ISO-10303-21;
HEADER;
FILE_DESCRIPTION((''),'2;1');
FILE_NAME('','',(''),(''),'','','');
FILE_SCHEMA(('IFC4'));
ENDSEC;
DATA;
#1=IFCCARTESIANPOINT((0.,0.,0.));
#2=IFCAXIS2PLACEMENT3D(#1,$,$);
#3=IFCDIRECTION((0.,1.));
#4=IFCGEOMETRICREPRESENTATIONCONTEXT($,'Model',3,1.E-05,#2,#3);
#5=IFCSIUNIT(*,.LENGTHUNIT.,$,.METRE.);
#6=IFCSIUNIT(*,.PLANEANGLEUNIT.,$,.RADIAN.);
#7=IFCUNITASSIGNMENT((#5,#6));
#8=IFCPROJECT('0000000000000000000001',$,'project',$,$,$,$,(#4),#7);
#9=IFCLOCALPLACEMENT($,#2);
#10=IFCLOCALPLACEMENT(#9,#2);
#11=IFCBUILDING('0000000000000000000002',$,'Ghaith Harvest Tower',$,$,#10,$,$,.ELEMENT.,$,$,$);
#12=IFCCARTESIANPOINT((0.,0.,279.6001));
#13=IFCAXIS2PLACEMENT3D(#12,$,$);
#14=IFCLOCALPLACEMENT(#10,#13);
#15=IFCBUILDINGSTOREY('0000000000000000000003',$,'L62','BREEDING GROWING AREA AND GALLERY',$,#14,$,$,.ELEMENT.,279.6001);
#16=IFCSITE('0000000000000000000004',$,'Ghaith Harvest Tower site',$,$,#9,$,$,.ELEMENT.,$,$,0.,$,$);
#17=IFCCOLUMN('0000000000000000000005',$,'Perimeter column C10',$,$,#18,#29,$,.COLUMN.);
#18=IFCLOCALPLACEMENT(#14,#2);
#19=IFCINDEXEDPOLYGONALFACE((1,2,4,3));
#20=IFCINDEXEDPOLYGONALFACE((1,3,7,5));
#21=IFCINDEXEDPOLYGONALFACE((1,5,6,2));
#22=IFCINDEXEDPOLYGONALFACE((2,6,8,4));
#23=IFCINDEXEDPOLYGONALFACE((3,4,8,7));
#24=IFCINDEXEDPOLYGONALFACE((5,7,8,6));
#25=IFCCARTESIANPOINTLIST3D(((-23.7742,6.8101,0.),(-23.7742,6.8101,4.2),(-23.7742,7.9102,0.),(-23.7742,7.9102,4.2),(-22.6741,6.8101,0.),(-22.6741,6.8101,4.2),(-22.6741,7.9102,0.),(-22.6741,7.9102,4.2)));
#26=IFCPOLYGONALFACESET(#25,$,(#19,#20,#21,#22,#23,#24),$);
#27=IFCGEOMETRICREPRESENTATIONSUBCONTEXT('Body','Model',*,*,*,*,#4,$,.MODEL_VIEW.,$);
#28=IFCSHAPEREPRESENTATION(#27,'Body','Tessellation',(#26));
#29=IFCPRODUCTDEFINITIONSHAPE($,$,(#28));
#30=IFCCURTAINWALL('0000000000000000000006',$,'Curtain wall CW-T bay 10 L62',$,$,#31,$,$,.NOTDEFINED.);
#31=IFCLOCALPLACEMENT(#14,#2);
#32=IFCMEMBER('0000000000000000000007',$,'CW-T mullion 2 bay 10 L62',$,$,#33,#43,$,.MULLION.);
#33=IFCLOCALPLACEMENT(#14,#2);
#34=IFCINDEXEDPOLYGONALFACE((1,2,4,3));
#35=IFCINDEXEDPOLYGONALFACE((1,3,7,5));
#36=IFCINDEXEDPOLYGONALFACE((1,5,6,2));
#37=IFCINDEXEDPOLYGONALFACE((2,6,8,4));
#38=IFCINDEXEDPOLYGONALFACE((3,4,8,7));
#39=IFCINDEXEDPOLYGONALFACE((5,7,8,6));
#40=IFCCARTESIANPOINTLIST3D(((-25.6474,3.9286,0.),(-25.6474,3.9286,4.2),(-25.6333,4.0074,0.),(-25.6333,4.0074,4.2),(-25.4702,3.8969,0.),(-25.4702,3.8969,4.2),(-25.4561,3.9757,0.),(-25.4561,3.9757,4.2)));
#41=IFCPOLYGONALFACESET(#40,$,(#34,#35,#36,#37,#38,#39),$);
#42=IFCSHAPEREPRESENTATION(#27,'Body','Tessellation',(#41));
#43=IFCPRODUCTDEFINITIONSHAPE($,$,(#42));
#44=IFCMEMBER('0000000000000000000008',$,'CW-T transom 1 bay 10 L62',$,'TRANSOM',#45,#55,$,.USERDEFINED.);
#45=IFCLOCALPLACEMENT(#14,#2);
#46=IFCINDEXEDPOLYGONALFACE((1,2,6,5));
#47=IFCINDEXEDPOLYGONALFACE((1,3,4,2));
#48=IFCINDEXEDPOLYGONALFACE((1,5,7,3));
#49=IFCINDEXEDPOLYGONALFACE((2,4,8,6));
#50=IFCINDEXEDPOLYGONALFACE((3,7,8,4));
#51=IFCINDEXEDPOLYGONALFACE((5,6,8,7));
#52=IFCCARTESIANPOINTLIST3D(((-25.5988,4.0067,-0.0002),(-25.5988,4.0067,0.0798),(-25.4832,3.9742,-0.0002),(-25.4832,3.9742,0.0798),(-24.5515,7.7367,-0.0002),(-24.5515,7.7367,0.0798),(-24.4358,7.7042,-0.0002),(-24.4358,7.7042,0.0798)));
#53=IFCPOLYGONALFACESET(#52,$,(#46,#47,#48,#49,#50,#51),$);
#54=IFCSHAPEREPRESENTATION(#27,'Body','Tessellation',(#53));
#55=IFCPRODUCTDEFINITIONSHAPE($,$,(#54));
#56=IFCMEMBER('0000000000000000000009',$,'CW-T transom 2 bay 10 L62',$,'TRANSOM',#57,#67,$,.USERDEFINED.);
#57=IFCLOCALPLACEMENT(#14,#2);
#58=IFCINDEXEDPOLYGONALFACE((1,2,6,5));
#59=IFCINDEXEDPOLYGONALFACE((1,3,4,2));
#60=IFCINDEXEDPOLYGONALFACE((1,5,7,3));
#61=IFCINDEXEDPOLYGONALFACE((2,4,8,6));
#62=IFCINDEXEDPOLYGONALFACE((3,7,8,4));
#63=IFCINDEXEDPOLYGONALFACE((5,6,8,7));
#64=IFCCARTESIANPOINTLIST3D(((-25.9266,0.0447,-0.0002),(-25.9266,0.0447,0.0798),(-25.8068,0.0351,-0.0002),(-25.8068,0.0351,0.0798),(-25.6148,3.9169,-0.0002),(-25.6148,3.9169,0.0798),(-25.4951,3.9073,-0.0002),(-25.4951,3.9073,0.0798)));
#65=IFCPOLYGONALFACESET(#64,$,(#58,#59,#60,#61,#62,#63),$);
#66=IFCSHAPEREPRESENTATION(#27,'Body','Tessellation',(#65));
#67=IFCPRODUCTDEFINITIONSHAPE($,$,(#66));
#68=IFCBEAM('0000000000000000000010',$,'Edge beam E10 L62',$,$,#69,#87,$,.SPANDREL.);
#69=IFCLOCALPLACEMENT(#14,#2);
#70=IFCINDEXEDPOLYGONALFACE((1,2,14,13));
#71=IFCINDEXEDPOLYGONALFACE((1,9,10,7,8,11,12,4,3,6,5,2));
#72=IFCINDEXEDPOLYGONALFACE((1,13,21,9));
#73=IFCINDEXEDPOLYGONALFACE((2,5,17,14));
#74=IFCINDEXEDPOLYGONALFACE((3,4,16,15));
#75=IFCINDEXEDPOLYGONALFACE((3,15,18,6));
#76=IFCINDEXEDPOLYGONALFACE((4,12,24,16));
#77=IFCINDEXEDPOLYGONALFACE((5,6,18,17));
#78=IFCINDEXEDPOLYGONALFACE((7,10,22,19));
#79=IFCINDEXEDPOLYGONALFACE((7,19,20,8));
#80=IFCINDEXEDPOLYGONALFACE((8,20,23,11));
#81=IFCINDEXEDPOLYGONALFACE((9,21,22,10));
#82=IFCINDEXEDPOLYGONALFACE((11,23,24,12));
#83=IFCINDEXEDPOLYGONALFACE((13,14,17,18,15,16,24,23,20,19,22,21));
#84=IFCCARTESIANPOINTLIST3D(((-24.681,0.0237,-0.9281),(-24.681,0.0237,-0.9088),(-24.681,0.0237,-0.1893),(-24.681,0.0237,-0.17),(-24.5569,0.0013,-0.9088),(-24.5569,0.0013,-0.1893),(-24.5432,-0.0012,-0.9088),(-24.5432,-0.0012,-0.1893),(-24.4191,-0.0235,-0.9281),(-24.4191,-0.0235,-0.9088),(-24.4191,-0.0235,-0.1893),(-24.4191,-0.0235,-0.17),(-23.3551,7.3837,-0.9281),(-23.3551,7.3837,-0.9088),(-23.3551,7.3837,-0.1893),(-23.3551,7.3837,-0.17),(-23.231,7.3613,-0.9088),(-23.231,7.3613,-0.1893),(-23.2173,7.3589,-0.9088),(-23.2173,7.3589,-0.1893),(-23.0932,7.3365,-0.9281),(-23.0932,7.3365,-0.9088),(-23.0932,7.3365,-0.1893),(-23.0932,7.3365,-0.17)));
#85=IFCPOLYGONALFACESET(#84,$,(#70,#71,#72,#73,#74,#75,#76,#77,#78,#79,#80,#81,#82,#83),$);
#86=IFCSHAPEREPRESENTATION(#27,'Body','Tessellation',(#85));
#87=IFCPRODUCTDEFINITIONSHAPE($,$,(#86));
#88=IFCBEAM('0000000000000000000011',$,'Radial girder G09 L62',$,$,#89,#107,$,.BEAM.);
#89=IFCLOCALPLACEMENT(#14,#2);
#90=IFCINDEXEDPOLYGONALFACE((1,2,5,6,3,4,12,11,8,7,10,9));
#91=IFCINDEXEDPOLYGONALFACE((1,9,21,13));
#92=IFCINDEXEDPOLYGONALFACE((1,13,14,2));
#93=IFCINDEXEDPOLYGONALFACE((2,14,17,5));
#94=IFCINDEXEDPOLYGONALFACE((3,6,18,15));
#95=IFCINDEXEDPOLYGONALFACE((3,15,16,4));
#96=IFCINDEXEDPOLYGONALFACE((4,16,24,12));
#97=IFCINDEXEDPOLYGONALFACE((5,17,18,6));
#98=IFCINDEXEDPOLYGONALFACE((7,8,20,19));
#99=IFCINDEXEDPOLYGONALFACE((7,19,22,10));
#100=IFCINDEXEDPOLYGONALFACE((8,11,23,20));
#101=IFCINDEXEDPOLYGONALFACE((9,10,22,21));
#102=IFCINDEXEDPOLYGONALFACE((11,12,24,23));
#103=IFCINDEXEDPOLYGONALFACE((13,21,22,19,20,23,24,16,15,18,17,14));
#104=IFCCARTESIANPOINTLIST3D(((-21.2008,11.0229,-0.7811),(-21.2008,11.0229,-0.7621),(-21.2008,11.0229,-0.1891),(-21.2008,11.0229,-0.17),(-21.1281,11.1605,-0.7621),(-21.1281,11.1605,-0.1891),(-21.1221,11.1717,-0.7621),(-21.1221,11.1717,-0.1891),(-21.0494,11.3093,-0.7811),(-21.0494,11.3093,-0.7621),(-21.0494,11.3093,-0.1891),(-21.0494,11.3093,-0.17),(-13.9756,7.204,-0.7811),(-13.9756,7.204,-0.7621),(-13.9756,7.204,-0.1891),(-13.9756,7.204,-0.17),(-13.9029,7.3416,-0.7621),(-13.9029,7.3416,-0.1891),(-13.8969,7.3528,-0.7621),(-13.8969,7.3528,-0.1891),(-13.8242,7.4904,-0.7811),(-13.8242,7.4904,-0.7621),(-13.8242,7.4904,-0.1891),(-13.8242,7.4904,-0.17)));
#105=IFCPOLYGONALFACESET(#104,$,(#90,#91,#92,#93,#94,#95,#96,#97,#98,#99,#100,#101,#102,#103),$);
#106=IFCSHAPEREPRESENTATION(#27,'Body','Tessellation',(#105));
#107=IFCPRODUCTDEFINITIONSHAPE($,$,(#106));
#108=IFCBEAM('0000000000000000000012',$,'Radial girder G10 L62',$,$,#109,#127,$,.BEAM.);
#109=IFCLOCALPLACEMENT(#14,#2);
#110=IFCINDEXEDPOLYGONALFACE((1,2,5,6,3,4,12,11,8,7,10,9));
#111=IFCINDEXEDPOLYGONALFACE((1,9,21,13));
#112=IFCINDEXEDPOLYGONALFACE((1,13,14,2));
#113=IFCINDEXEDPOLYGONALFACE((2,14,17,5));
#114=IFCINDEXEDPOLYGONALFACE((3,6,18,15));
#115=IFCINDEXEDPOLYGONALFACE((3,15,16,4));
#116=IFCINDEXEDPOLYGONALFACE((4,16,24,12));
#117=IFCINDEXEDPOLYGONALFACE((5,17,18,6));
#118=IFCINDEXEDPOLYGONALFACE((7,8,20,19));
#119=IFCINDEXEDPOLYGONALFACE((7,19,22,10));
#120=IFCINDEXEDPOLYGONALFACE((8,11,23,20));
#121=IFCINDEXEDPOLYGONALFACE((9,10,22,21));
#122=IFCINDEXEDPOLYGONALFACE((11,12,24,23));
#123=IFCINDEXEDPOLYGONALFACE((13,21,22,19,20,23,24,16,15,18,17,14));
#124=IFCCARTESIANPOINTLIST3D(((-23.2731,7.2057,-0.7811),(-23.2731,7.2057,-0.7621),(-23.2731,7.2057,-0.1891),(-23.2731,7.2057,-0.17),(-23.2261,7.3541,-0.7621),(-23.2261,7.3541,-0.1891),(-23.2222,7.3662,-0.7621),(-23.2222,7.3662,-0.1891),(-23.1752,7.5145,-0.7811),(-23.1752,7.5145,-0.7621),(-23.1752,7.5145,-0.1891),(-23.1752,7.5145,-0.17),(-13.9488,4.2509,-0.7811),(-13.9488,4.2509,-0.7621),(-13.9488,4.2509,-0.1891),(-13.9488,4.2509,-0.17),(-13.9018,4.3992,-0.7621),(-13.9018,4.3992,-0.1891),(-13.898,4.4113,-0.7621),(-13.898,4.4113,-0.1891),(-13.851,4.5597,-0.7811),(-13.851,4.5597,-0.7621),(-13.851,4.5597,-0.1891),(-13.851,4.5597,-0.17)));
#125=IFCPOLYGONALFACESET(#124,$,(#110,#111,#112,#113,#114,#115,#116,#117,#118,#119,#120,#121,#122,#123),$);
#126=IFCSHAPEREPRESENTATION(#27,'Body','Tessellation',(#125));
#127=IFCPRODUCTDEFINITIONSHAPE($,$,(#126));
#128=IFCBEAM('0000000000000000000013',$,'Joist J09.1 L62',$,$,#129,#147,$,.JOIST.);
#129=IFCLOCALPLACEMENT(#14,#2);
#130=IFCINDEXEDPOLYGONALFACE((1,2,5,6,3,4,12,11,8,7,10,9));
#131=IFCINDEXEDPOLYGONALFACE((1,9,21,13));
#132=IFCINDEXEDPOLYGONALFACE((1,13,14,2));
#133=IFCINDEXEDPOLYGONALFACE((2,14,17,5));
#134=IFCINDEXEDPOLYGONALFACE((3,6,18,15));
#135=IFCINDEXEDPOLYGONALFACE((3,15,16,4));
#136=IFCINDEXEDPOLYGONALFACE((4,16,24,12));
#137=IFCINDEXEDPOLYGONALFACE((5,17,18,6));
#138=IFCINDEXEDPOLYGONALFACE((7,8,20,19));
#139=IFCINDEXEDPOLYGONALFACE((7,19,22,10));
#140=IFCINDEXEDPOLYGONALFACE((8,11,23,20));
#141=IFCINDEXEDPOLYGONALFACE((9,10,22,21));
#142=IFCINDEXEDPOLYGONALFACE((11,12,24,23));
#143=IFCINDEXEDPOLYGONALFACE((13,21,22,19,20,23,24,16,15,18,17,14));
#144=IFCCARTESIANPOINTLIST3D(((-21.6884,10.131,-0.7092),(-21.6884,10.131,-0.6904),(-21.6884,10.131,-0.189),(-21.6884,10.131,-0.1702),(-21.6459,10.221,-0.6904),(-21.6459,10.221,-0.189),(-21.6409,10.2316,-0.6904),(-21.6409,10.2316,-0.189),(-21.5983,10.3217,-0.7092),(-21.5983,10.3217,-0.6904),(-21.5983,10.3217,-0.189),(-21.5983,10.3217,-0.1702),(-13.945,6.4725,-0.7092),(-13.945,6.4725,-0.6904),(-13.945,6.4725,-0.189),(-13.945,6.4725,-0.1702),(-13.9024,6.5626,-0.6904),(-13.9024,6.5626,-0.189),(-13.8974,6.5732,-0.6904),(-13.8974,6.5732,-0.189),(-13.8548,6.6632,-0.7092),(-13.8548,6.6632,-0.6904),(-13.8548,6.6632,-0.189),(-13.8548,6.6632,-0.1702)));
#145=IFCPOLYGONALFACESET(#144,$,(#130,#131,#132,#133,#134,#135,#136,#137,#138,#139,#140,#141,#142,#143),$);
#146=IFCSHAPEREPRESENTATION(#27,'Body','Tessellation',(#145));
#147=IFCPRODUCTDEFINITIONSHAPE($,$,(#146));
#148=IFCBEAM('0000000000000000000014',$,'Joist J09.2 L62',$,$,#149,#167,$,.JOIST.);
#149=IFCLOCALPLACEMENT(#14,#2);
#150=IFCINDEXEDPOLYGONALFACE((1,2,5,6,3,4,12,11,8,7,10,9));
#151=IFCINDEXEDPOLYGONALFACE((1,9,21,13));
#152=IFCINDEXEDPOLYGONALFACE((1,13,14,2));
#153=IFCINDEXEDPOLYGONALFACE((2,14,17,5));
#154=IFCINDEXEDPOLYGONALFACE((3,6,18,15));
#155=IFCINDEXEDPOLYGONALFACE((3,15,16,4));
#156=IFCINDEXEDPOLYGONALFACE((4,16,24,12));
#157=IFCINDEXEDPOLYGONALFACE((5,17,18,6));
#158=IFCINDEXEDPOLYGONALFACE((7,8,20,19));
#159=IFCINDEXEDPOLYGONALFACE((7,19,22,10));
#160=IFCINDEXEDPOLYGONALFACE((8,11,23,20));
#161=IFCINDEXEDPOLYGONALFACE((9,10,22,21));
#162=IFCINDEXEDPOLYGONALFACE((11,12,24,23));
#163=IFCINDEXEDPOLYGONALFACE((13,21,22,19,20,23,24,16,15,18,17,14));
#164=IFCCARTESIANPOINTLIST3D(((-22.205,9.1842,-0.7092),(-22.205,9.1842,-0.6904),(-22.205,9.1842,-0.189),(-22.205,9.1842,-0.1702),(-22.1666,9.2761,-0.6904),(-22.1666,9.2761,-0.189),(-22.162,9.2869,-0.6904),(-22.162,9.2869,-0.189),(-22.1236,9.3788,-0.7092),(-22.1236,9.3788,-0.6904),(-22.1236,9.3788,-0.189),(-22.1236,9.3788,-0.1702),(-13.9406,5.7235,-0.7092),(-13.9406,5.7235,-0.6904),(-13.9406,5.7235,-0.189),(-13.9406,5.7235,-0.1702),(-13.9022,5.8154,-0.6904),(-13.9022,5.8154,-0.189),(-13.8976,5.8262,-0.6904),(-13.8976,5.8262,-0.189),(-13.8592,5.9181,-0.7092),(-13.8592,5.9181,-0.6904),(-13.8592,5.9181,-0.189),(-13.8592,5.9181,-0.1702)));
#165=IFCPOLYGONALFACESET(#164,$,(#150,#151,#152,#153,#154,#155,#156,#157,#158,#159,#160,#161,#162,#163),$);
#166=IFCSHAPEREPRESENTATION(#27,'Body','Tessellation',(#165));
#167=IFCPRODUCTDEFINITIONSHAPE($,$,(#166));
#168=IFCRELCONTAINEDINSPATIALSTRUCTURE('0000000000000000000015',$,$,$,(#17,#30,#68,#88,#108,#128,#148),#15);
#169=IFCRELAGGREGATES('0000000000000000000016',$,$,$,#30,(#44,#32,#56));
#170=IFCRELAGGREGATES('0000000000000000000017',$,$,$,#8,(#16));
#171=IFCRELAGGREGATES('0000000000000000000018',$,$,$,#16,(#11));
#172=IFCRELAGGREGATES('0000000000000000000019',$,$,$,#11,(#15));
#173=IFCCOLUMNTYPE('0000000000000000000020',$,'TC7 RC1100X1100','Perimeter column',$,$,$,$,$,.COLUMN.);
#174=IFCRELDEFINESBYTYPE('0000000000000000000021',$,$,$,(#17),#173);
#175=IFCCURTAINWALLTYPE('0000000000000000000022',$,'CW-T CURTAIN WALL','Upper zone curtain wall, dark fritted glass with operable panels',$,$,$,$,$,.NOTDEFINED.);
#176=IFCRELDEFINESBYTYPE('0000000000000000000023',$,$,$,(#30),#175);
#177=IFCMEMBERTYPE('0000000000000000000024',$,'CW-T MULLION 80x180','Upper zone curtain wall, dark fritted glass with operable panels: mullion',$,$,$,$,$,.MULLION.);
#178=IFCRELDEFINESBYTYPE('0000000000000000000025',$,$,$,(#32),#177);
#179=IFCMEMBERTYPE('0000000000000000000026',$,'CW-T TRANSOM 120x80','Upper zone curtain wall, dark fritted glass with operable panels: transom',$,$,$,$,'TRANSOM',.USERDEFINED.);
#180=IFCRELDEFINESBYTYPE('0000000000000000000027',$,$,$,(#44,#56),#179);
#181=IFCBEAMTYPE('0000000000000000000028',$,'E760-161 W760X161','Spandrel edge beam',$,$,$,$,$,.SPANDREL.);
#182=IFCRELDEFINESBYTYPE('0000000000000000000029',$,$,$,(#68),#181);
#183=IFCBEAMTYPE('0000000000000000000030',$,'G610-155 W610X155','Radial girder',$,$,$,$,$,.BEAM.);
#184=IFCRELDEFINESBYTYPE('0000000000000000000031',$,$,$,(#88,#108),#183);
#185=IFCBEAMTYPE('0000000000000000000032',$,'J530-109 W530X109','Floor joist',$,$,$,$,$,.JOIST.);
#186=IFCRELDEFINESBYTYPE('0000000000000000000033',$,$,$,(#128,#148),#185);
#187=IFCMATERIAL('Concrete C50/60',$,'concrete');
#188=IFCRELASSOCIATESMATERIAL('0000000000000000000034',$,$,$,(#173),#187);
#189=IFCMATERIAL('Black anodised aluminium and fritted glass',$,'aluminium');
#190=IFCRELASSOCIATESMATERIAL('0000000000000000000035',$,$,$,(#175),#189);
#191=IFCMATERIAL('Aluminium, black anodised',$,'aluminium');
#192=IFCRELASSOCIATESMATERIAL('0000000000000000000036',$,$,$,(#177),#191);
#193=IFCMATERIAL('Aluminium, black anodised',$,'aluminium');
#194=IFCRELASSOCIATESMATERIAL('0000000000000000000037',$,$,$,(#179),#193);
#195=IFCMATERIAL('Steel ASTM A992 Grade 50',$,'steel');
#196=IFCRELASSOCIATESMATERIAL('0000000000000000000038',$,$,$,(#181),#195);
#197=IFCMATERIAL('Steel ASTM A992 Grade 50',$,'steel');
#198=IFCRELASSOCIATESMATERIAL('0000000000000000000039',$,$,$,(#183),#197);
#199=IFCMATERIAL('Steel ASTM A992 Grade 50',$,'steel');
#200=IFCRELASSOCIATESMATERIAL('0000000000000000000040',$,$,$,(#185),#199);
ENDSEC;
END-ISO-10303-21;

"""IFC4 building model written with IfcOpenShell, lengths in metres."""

from ifc_helpers import new_model, si_unit, direction, frame, origin, origin_2d, place, context, subcontext, project, spatial, rectangle, i_section, extrude, material, material_profile, profile_set, type_object, element, aggregate, save


model = new_model("IFC4")

# Units and contexts
model_context = context("Model", 3, precision=1e-05, world=origin(), true_north=direction((0.0, 1.0)))
body_context = subcontext(model_context, "Body", "Model", "MODEL_VIEW")
ifc_project = project(units=[si_unit("LENGTHUNIT", "METRE"), si_unit("PLANEANGLEUNIT", "RADIAN")], contexts=[model_context])

# Site, building, storey
site_placement = place(None, origin())
site = spatial("IfcSite", under=ifc_project, at=site_placement, Name="Ghaith Harvest Tower site", CompositionType="ELEMENT", RefElevation=0.0)
building_placement = place(site_placement, origin())
building = spatial("IfcBuilding", under=site, at=building_placement, Name="Ghaith Harvest Tower", CompositionType="ELEMENT")
storey_placement = place(building_placement, frame((0.0, 0.0, 279.6001)))
storey = spatial("IfcBuildingStorey", under=building, at=storey_placement, Name="L62", Description="BREEDING GROWING AREA AND GALLERY", CompositionType="ELEMENT", Elevation=279.6001)

# Column
ifc_material_1 = material(Name="Concrete C50/60", Category="concrete")
ifc_material_profile_1 = material_profile(ifc_material_1, rectangle(XDim=1.1001, YDim=1.1001, at=origin_2d()), Name="RC1100X1100")
ifc_profile_set_1 = profile_set([ifc_material_profile_1], Name="Concrete C50/60")
column_type = type_object("IfcColumnType", Name="TC7 RC1100X1100", Description="Perimeter column", PredefinedType="COLUMN", material=ifc_profile_set_1)
column_placement = place(storey_placement, frame((-23.2241, 7.3601, 0.0), z_axis=(0.0, 0.0, 1.0), x_axis=(1.0, 0.0, 0.0)))
element("IfcColumn", 1, at=column_placement, inside=storey, type_object=column_type, Name="Perimeter column C10", PredefinedType="COLUMN", context=body_context, shape_type="SweptSolid", body=[
    extrude(rectangle(XDim=1.1001, YDim=1.1001, at=origin_2d()), origin(), (0.0, 0.0, 1.0), 4.2),
])

# Curtain wall, members
ifc_material_2 = material(Name="Black anodised aluminium and fritted glass", Category="aluminium")
curtain_wall_type = type_object("IfcCurtainWallType", Name="CW-T CURTAIN WALL", Description="Upper zone curtain wall, dark fritted glass with operable panels", PredefinedType="NOTDEFINED", material=ifc_material_2)
curtain_wall_placement = place(storey_placement, origin())
curtain_wall = element("IfcCurtainWall", 2, at=curtain_wall_placement, inside=storey, type_object=curtain_wall_type, Name="Curtain wall CW-T bay 10 L62", PredefinedType="NOTDEFINED")
ifc_material_3 = material(Name="Aluminium, black anodised", Category="aluminium")
ifc_material_profile_2 = material_profile(ifc_material_3, rectangle(XDim=0.0801, YDim=0.1799, at=origin_2d()), Name="CW-T MULLION 80x180")
ifc_profile_set_2 = profile_set([ifc_material_profile_2], Name="Aluminium, black anodised")
member_type_1 = type_object("IfcMemberType", Name="CW-T MULLION 80x180", Description="Upper zone curtain wall, dark fritted glass with operable panels: mullion", PredefinedType="MULLION", material=ifc_profile_set_2)
member_1_placement = place(storey_placement, frame((-25.5518, 3.9521, 0.0), z_axis=(0.0, 0.0, 1.0), x_axis=(-0.176001, -0.98439, 0.0)))
member_1 = element("IfcMember", 3, at=member_1_placement, type_object=member_type_1, Name="CW-T mullion 2 bay 10 L62", PredefinedType="MULLION", context=body_context, shape_type="SweptSolid", body=[
    extrude(rectangle(XDim=0.0801, YDim=0.1799, at=origin_2d()), origin(), (0.0, 0.0, 1.0), 4.2),
])
ifc_material_4 = material(Name="Aluminium, black anodised", Category="aluminium")
ifc_material_profile_3 = material_profile(ifc_material_4, rectangle(XDim=0.1201, YDim=0.0801, at=origin_2d()), Name="CW-T TRANSOM 120x80")
ifc_profile_set_3 = profile_set([ifc_material_profile_3], Name="Aluminium, black anodised")
member_type_2 = type_object("IfcMemberType", Name="CW-T TRANSOM 120x80", Description="Upper zone curtain wall, dark fritted glass with operable panels: transom", ElementType="TRANSOM", PredefinedType="USERDEFINED", material=ifc_profile_set_3)
member_2_placement = place(storey_placement, frame((-24.4937, 7.7205, 0.0398), z_axis=(-0.27034, -0.962765, 0.0), x_axis=(0.962765, -0.27034, 0.0)))
member_2 = element("IfcMember", 4, at=member_2_placement, type_object=member_type_2, Name="CW-T transom 1 bay 10 L62", ObjectType="TRANSOM", PredefinedType="USERDEFINED", context=body_context, shape_type="SweptSolid", body=[
    extrude(rectangle(XDim=0.1201, YDim=0.0801, at=origin_2d()), origin(), (0.0, 0.0, 1.0), 3.8743),
])
member_3_placement = place(storey_placement, frame((-25.5549, 3.9121, 0.0398), z_axis=(-0.080252, -0.996775, 0.0), x_axis=(0.996775, -0.080252, 0.0)))
member_3 = element("IfcMember", 5, at=member_3_placement, type_object=member_type_2, Name="CW-T transom 2 bay 10 L62", ObjectType="TRANSOM", PredefinedType="USERDEFINED", context=body_context, shape_type="SweptSolid", body=[
    extrude(rectangle(XDim=0.1201, YDim=0.0801, at=origin_2d()), origin(), (0.0, 0.0, 1.0), 3.8848),
])

# Beams
ifc_material_5 = material(Name="Steel ASTM A992 Grade 50", Category="steel")
ifc_material_profile_4 = material_profile(ifc_material_5, i_section(OverallWidth=0.2661, OverallDepth=0.7581, WebThickness=0.0139, FlangeThickness=0.0193, at=origin_2d()), Name="W760X161")
ifc_profile_set_4 = profile_set([ifc_material_profile_4], Name="Steel ASTM A992 Grade 50")
beam_type_1 = type_object("IfcBeamType", Name="E760-161 W760X161", Description="Spandrel edge beam", PredefinedType="SPANDREL", material=ifc_profile_set_4)
beam_1_placement = place(storey_placement, frame((-23.2241, 7.3601, -0.5491), z_axis=(-0.177297, -0.984157, 0.0), x_axis=(0.984157, -0.177297, 0.0)))
element("IfcBeam", 6, at=beam_1_placement, inside=storey, type_object=beam_type_1, Name="Edge beam E10 L62", PredefinedType="SPANDREL", context=body_context, shape_type="SweptSolid", body=[
    extrude(i_section(OverallWidth=0.2661, OverallDepth=0.7581, WebThickness=0.0139, FlangeThickness=0.0193, at=origin_2d()), origin(), (0.0, 0.0, 1.0), 7.4785),
])
ifc_material_6 = material(Name="Steel ASTM A992 Grade 50", Category="steel")
ifc_material_profile_5 = material_profile(ifc_material_6, i_section(OverallWidth=0.324, OverallDepth=0.6111, WebThickness=0.0127, FlangeThickness=0.019, at=origin_2d()), Name="W610X155")
ifc_profile_set_5 = profile_set([ifc_material_profile_5], Name="Steel ASTM A992 Grade 50")
beam_type_2 = type_object("IfcBeamType", Name="G610-155 W610X155", Description="Radial girder", PredefinedType="BEAM", material=ifc_profile_set_5)
beam_2_placement = place(storey_placement, frame((-13.8999, 7.3472, -0.4756), z_axis=(-0.884102, 0.467295, 0.0), x_axis=(-0.467295, -0.884102, 0.0)))
element("IfcBeam", 7, at=beam_2_placement, inside=storey, type_object=beam_type_2, Name="Radial girder G09 L62", PredefinedType="BEAM", context=body_context, shape_type="SweptSolid", body=[
    extrude(i_section(OverallWidth=0.324, OverallDepth=0.6111, WebThickness=0.0127, FlangeThickness=0.019, at=origin_2d()), origin(), (0.0, 0.0, 1.0), 8.1724),
])
beam_3_placement = place(storey_placement, frame((-13.8999, 4.4053, -0.4756), z_axis=(-0.953279, 0.302093, 0.0), x_axis=(-0.302093, -0.953279, 0.0)))
element("IfcBeam", 8, at=beam_3_placement, inside=storey, type_object=beam_type_2, Name="Radial girder G10 L62", PredefinedType="BEAM", context=body_context, shape_type="SweptSolid", body=[
    extrude(i_section(OverallWidth=0.324, OverallDepth=0.6111, WebThickness=0.0127, FlangeThickness=0.019, at=origin_2d()), origin(), (0.0, 0.0, 1.0), 9.7812),
])
ifc_material_7 = material(Name="Steel ASTM A992 Grade 50", Category="steel")
ifc_material_profile_6 = material_profile(ifc_material_7, i_section(OverallWidth=0.2109, OverallDepth=0.5391, WebThickness=0.0117, FlangeThickness=0.0188, at=origin_2d()), Name="W530X109")
ifc_profile_set_6 = profile_set([ifc_material_profile_6], Name="Steel ASTM A992 Grade 50")
beam_type_3 = type_object("IfcBeamType", Name="J530-109 W530X109", Description="Floor joist", PredefinedType="JOIST", material=ifc_profile_set_6)
beam_4_placement = place(storey_placement, frame((-13.8999, 6.5679, -0.4397), z_axis=(-0.904166, 0.427182, 0.0), x_axis=(-0.427182, -0.904166, 0.0)))
element("IfcBeam", 9, at=beam_4_placement, inside=storey, type_object=beam_type_3, Name="Joist J09.1 L62", PredefinedType="JOIST", context=body_context, shape_type="SweptSolid", body=[
    extrude(i_section(OverallWidth=0.2109, OverallDepth=0.5391, WebThickness=0.0117, FlangeThickness=0.0188, at=origin_2d()), origin(), (0.0, 0.0, 1.0), 8.5642),
])
beam_5_placement = place(storey_placement, frame((-13.8999, 5.8208, -0.4397), z_axis=(-0.922394, 0.38625, 0.0), x_axis=(-0.38625, -0.922394, 0.0)))
element("IfcBeam", 10, at=beam_5_placement, inside=storey, type_object=beam_type_3, Name="Joist J09.2 L62", PredefinedType="JOIST", context=body_context, shape_type="SweptSolid", body=[
    extrude(i_section(OverallWidth=0.2109, OverallDepth=0.5391, WebThickness=0.0117, FlangeThickness=0.0188, at=origin_2d()), origin(), (0.0, 0.0, 1.0), 8.9597),
])

aggregate(curtain_wall, [member_2, member_1, member_3])

save(model, "model.ifc")
